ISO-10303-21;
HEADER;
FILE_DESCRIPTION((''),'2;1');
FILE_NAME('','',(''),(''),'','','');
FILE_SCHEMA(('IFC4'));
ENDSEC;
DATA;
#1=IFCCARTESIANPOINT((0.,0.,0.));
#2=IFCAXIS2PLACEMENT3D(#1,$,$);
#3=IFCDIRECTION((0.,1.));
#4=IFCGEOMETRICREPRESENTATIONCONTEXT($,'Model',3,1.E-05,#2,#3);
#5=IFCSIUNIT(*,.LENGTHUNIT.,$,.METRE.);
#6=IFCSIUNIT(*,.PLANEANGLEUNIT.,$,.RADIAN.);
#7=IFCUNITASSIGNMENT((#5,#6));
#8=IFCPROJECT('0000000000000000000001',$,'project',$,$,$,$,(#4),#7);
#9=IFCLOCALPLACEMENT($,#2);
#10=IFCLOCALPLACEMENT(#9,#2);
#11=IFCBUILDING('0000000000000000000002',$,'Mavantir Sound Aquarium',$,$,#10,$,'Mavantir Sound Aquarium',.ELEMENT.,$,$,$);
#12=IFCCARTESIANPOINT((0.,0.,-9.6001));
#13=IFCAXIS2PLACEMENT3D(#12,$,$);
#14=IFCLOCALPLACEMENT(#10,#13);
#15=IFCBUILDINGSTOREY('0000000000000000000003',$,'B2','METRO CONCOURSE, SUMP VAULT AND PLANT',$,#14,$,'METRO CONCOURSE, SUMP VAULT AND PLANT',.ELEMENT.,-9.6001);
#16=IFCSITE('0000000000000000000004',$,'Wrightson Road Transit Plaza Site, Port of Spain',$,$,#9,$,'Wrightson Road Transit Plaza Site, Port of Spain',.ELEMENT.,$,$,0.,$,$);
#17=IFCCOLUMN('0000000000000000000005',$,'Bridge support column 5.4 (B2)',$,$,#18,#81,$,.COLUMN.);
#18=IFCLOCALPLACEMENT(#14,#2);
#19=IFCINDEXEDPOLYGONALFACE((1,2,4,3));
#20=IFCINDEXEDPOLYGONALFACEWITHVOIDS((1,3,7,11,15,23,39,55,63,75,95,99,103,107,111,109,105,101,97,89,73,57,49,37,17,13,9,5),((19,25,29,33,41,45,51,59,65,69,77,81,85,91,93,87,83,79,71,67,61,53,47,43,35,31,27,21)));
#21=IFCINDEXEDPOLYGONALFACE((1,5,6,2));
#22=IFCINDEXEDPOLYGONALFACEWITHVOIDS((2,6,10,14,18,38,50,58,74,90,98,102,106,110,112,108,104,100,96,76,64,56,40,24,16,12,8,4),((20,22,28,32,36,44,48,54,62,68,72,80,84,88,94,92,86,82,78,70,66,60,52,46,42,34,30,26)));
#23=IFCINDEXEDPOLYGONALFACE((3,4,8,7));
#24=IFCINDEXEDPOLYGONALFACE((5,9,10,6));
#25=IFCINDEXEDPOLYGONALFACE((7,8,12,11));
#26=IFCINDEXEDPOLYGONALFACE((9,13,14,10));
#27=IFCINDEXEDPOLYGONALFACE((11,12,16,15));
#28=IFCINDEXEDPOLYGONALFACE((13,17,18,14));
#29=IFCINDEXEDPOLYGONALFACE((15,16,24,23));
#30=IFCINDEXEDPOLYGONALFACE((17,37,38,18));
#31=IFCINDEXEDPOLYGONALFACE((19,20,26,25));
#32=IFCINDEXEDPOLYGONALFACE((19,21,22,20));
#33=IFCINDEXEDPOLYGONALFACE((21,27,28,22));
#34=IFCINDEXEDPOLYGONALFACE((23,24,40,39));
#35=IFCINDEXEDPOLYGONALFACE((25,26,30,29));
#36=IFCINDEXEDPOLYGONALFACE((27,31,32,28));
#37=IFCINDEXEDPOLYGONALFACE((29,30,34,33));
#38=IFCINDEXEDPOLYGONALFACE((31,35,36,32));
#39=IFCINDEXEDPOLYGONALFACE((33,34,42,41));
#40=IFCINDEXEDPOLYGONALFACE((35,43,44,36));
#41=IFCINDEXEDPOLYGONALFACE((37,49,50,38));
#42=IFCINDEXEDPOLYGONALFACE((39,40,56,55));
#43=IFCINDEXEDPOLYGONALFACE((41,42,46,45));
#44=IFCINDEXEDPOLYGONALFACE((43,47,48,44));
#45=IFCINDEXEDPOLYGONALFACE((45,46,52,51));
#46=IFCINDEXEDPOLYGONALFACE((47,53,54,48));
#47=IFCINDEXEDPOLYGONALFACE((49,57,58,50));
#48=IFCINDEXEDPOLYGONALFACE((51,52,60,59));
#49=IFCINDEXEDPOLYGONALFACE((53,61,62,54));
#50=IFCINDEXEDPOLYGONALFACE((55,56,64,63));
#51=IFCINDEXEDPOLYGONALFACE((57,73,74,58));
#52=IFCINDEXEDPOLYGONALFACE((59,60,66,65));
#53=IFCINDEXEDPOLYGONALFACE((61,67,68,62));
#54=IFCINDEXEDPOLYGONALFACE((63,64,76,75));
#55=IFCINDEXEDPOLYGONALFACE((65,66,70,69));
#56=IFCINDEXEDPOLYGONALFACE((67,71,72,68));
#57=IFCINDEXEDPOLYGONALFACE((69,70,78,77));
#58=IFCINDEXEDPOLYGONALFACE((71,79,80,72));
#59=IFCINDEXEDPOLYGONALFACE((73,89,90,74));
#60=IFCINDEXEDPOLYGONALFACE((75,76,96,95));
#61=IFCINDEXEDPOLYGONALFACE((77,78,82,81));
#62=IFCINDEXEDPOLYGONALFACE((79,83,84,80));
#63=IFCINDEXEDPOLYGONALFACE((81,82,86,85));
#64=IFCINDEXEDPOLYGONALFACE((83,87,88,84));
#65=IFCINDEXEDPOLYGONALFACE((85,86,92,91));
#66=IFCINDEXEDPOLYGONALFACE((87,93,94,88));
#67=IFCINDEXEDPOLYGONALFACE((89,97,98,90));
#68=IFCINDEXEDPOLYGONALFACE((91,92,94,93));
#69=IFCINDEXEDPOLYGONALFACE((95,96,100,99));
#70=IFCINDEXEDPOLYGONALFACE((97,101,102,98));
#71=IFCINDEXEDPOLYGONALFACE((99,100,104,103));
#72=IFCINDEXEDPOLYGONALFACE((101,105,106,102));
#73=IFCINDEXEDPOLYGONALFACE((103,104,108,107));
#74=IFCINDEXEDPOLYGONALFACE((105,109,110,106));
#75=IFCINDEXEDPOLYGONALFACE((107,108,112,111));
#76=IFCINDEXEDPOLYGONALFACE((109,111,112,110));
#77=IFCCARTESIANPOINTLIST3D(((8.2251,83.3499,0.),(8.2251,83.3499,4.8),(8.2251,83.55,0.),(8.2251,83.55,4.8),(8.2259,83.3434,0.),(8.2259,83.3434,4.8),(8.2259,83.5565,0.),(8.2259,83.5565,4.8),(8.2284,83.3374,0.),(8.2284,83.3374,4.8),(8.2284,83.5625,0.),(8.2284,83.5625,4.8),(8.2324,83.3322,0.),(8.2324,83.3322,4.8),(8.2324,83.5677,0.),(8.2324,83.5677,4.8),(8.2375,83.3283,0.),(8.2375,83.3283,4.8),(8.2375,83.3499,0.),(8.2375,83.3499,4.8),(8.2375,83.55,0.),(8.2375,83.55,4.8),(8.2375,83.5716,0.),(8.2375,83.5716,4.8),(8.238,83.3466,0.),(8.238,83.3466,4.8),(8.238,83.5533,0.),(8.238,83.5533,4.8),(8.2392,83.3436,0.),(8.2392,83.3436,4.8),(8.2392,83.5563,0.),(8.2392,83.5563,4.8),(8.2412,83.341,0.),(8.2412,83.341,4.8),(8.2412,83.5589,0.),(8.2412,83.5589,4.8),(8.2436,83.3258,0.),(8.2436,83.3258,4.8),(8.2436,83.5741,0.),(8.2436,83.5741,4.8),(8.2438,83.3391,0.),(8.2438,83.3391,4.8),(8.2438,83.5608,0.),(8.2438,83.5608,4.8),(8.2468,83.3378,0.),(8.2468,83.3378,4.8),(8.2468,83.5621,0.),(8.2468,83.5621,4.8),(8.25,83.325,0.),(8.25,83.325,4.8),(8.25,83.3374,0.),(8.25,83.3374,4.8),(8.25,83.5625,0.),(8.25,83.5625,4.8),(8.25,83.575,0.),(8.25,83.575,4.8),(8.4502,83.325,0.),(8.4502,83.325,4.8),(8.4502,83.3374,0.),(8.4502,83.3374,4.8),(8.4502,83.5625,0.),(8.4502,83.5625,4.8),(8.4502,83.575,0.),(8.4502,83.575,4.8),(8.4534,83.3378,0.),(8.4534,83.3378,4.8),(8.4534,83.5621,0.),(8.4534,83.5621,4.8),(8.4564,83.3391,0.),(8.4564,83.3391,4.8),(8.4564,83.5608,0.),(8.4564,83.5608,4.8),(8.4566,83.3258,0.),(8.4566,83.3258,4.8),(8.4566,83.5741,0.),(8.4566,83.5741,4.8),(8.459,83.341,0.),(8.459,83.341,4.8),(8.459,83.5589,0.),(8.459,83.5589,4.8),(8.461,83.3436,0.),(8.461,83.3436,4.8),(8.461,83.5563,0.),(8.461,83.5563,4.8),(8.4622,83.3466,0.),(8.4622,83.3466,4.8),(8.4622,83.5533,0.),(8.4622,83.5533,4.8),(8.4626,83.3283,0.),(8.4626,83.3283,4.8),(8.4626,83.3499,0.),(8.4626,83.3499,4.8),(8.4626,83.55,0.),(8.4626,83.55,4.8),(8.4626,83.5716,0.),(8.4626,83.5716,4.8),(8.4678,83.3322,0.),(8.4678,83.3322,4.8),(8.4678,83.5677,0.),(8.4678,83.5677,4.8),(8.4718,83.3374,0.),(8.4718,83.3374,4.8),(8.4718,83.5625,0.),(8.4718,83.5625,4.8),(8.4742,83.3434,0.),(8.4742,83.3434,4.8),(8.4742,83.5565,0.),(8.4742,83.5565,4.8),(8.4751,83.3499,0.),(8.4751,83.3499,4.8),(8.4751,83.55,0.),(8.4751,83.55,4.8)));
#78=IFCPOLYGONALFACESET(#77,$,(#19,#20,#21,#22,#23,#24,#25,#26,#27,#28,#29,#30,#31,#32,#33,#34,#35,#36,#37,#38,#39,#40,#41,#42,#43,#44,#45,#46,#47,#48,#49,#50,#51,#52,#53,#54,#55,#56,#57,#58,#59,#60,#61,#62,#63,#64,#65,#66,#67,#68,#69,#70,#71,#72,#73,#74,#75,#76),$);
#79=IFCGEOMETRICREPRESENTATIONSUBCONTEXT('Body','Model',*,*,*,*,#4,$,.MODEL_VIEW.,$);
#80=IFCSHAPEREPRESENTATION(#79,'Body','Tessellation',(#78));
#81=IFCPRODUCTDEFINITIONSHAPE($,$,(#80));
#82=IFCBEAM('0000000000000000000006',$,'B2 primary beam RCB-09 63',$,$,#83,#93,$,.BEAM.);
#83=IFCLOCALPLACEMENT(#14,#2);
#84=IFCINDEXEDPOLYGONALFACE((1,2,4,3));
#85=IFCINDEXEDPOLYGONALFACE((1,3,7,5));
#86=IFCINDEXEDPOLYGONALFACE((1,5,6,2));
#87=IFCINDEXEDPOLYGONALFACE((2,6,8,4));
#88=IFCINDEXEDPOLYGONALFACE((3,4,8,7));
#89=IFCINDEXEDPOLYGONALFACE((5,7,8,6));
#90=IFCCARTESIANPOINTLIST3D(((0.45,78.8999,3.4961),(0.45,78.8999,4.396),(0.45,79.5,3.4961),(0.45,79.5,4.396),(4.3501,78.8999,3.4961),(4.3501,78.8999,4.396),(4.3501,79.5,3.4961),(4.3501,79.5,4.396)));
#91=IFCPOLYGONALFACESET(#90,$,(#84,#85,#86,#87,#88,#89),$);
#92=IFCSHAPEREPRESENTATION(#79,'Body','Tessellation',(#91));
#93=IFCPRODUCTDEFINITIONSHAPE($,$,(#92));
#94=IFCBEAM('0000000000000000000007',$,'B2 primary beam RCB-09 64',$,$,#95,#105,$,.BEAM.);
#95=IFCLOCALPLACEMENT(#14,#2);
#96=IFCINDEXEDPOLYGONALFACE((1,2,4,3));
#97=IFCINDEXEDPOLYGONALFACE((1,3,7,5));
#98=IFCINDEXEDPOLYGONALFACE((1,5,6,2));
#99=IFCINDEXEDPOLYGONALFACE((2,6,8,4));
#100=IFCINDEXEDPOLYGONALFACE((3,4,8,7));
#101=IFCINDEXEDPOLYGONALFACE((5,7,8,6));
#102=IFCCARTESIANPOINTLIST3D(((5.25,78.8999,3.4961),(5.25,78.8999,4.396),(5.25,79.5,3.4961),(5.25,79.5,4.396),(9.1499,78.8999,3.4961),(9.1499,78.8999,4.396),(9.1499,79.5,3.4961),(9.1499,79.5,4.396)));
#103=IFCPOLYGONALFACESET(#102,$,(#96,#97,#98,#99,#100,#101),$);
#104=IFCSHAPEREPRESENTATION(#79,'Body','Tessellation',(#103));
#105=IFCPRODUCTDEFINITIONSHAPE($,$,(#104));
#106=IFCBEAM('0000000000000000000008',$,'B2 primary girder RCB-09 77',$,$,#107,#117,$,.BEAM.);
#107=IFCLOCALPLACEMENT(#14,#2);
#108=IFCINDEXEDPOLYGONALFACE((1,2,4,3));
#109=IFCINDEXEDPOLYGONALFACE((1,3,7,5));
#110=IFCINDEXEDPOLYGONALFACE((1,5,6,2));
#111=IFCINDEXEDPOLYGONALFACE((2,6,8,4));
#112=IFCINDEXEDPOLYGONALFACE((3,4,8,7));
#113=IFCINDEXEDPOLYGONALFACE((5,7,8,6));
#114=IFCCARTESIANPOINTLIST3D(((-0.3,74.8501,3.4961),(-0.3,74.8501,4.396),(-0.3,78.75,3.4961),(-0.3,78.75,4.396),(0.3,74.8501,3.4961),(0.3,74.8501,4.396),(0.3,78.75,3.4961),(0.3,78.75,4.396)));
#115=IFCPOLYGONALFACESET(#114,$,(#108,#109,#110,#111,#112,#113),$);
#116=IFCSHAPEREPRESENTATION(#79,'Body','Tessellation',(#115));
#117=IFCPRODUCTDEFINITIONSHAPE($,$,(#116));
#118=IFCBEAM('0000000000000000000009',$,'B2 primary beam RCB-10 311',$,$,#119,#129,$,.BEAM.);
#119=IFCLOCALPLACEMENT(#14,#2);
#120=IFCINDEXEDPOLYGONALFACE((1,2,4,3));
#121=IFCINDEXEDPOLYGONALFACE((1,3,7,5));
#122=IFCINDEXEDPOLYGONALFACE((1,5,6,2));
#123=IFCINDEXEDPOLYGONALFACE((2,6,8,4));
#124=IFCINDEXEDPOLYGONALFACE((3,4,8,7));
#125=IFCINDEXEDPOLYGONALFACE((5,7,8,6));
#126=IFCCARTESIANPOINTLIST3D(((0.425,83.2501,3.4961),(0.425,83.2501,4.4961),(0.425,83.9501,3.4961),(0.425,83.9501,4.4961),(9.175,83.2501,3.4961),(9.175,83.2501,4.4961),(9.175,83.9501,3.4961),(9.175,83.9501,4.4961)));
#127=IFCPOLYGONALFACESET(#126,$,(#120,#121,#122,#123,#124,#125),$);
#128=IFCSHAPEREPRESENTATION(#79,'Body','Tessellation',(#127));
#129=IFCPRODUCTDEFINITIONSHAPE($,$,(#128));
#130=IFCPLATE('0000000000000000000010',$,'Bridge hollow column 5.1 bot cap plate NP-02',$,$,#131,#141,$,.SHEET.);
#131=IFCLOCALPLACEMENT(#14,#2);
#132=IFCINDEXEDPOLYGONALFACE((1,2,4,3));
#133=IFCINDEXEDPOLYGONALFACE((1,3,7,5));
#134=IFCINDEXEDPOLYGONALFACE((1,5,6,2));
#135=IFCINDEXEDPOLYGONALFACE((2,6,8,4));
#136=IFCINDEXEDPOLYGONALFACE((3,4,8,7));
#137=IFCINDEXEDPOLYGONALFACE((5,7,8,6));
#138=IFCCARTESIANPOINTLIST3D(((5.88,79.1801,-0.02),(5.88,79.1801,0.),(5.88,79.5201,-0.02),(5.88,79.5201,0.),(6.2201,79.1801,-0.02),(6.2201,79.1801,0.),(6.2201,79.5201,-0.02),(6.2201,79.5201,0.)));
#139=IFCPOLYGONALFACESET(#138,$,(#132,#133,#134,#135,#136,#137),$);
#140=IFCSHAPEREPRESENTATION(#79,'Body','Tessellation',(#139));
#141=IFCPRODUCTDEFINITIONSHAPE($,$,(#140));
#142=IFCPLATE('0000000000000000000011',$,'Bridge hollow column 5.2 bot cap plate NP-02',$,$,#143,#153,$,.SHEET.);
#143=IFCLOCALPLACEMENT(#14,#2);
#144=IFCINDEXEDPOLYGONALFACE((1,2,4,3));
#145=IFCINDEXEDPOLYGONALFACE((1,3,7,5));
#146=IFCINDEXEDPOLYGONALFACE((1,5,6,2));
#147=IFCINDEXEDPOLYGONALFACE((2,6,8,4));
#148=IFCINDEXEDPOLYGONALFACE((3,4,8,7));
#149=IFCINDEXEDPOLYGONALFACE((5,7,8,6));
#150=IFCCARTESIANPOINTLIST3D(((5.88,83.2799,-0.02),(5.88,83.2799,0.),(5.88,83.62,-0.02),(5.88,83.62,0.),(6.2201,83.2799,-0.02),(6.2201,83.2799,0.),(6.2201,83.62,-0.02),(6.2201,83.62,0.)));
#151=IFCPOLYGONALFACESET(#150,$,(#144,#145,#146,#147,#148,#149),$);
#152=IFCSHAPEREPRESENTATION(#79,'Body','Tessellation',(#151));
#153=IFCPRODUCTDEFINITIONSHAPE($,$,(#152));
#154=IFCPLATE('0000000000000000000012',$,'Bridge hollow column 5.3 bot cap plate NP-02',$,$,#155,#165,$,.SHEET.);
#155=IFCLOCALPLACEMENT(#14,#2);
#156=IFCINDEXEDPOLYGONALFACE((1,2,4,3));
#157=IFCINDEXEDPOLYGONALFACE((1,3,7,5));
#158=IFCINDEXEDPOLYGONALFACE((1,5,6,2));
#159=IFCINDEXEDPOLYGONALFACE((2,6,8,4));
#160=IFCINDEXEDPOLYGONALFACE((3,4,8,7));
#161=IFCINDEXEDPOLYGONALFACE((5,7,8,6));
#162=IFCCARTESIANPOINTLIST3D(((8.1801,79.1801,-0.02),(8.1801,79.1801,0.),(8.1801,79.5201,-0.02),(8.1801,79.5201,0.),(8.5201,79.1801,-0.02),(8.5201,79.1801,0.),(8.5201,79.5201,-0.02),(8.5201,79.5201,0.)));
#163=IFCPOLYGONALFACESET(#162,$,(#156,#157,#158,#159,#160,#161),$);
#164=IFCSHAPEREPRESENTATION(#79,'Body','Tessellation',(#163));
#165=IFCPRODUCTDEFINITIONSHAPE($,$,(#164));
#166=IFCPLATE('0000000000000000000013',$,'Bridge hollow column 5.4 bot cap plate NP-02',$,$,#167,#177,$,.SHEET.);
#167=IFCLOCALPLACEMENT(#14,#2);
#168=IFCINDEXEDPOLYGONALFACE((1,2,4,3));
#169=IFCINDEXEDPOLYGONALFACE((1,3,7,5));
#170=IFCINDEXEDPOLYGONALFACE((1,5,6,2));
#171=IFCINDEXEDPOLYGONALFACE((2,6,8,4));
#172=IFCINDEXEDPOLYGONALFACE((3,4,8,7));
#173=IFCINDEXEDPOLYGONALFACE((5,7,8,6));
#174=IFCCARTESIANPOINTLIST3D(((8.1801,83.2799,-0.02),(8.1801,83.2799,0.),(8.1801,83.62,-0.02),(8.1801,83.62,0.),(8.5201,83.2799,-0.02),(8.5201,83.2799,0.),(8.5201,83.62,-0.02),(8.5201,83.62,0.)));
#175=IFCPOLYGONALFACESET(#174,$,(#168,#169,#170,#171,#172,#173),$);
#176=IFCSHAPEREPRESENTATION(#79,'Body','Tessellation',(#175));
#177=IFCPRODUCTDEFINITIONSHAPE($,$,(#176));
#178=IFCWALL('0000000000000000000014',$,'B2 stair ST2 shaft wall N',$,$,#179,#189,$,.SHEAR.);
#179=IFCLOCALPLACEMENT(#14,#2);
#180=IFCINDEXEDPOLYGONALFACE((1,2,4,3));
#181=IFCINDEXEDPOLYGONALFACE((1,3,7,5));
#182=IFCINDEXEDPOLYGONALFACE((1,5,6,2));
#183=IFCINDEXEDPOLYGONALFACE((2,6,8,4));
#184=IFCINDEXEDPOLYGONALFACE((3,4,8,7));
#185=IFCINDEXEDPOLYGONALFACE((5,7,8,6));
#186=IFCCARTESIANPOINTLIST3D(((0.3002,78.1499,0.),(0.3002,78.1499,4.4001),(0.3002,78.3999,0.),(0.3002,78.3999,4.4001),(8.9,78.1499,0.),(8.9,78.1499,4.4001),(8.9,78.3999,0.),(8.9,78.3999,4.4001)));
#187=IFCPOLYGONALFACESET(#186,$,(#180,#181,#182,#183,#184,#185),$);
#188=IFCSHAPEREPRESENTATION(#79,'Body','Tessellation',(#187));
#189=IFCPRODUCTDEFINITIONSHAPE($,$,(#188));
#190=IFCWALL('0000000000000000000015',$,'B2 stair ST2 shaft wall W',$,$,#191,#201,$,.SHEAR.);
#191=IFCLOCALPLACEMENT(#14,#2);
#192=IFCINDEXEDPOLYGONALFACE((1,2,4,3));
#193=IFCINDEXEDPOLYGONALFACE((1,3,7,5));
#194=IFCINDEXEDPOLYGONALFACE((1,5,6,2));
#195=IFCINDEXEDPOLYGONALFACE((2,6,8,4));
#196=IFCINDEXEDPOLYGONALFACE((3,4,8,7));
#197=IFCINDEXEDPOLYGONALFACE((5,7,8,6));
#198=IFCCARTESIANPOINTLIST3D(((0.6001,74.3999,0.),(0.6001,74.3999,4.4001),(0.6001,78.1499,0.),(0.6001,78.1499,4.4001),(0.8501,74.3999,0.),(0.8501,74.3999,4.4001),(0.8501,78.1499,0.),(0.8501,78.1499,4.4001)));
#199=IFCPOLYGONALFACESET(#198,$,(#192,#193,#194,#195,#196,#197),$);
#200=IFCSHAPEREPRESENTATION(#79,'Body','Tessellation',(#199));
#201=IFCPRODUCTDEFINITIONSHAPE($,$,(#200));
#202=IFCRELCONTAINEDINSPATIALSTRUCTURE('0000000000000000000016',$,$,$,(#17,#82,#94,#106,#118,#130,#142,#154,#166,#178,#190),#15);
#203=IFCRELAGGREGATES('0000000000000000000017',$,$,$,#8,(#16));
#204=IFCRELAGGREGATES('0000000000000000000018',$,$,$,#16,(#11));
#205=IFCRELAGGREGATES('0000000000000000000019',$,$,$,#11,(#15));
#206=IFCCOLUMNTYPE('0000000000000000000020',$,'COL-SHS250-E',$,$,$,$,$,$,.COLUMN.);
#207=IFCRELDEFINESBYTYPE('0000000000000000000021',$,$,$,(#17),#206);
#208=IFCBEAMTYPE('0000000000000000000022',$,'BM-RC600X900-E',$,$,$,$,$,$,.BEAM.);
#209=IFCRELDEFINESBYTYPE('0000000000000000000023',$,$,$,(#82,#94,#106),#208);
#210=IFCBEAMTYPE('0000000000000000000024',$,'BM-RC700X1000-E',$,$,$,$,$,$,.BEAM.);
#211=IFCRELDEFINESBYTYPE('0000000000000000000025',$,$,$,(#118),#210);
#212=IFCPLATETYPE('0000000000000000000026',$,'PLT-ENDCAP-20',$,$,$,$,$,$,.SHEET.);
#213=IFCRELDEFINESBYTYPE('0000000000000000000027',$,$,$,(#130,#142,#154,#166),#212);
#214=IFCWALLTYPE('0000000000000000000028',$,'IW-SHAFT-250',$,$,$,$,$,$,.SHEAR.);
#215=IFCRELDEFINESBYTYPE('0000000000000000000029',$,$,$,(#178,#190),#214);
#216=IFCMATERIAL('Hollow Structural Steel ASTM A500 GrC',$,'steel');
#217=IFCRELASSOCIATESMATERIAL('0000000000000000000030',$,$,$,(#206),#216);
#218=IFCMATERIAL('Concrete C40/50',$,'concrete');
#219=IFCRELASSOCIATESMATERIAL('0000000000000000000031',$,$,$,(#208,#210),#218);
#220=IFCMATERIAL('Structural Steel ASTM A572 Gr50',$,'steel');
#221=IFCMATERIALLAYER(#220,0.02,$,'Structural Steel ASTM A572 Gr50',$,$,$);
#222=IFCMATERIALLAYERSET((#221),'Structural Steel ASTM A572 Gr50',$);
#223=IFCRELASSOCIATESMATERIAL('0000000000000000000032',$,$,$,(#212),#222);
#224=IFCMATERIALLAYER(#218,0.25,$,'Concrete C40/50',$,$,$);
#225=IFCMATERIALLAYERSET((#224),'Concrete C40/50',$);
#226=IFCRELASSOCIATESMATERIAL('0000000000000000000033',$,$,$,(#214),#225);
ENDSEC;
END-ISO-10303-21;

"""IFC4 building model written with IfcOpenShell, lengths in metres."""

from ifc_helpers import new_model, si_unit, direction, frame, frame_2d, origin, origin_2d, place, context, subcontext, project, spatial, rectangle, hollow_rectangle, extrude, material, layer, layer_set, material_profile, profile_set, type_object, element, save


model = new_model("IFC4")

# Units and contexts
model_context = context("Model", 3, precision=1e-05, world=origin(), true_north=direction((0.0, 1.0)))
body_context = subcontext(model_context, "Body", "Model", "MODEL_VIEW")
ifc_project = project(units=[si_unit("LENGTHUNIT", "METRE"), si_unit("PLANEANGLEUNIT", "RADIAN")], contexts=[model_context])

# Site, building, storey
site_placement = place(None, origin())
site = spatial("IfcSite", under=ifc_project, at=site_placement, Name="Wrightson Road Transit Plaza Site, Port of Spain", LongName="Wrightson Road Transit Plaza Site, Port of Spain", CompositionType="ELEMENT", RefElevation=0.0)
building_placement = place(site_placement, origin())
building = spatial("IfcBuilding", under=site, at=building_placement, Name="Mavantir Sound Aquarium", LongName="Mavantir Sound Aquarium", CompositionType="ELEMENT")
storey_placement = place(building_placement, frame((0.0, 0.0, -9.6001)))
storey = spatial("IfcBuildingStorey", under=building, at=storey_placement, Name="B2", Description="METRO CONCOURSE, SUMP VAULT AND PLANT", LongName="METRO CONCOURSE, SUMP VAULT AND PLANT", CompositionType="ELEMENT", Elevation=-9.6001)

# Shared definitions
ifc_material_1 = material(Name="Concrete C40/50", Category="concrete")

# Column
ifc_material_2 = material(Name="Hollow Structural Steel ASTM A500 GrC", Category="steel")
ifc_material_profile_1 = material_profile(ifc_material_2, hollow_rectangle(XDim=0.25, YDim=0.25, WallThickness=0.0125, InnerFilletRadius=0.0125, OuterFilletRadius=0.0249, at=origin_2d()), Name="SHS 250X250X12.5")
ifc_profile_set_1 = profile_set([ifc_material_profile_1], Name="Hollow Structural Steel ASTM A500 GrC")
column_type_1 = type_object("IfcColumnType", Name="COL-SHS250-E", PredefinedType="COLUMN", material=ifc_profile_set_1)
for number, where, z_axis, x_axis, name in (
    (1, (8.3501, 83.45, 0.0), (0.0, 0.0, 1.0), (1.0, 0.0, 0.0), "Bridge support column 5.4 (B2)"),
):
    element("IfcColumn", number, at=place(storey_placement, frame(where, z_axis=z_axis, x_axis=x_axis)), inside=storey, type_object=column_type_1, Name=name, PredefinedType="COLUMN", context=body_context, shape_type="SweptSolid", body=[
        extrude(hollow_rectangle(XDim=0.25, YDim=0.25, WallThickness=0.0125, InnerFilletRadius=0.0125, OuterFilletRadius=0.0249, at=origin_2d()), origin(), (0.0, 0.0, 1.0), 4.8),
    ])

# Beams
ifc_material_profile_2 = material_profile(ifc_material_1, rectangle(XDim=0.6001, YDim=0.8999, at=origin_2d()), Name="RC 600X900")
ifc_profile_set_2 = profile_set([ifc_material_profile_2], Name="Concrete C40/50")
beam_type_1 = type_object("IfcBeamType", Name="BM-RC600X900-E", PredefinedType="BEAM", material=ifc_profile_set_2)
beam_1_placement = place(storey_placement, frame((0.45, 79.2, 3.946), z_axis=(1.0, 0.0, 0.0), x_axis=(0.0, 1.0, 0.0)))
element("IfcBeam", 2, at=beam_1_placement, inside=storey, type_object=beam_type_1, Name="B2 primary beam RCB-09 63", PredefinedType="BEAM", context=body_context, shape_type="SweptSolid", body=[
    extrude(rectangle(XDim=0.6001, YDim=0.8999, at=origin_2d()), origin(), (0.0, 0.0, 1.0), 3.9001),
])
for number, where, z_axis, x_axis, name in (
    (3, (5.25, 79.2, 3.946), (1.0, 0.0, 0.0), (0.0, 1.0, 0.0), "B2 primary beam RCB-09 64"),
    (4, (0.0, 74.8501, 3.946), (0.0, 1.0, 0.0), (-1.0, 0.0, 0.0), "B2 primary girder RCB-09 77"),
):
    element("IfcBeam", number, at=place(storey_placement, frame(where, z_axis=z_axis, x_axis=x_axis)), inside=storey, type_object=beam_type_1, Name=name, PredefinedType="BEAM", context=body_context, shape_type="SweptSolid", body=[
        extrude(rectangle(XDim=0.6001, YDim=0.8999, at=origin_2d()), origin(), (0.0, 0.0, 1.0), 3.8999),
    ])
ifc_material_profile_3 = material_profile(ifc_material_1, rectangle(XDim=0.7, YDim=1.0, at=origin_2d()), Name="RC 700X1000")
ifc_profile_set_3 = profile_set([ifc_material_profile_3], Name="Concrete C40/50")
beam_type_2 = type_object("IfcBeamType", Name="BM-RC700X1000-E", PredefinedType="BEAM", material=ifc_profile_set_3)
beam_2_placement = place(storey_placement, frame((0.425, 83.6001, 3.9961), z_axis=(1.0, 0.0, 0.0), x_axis=(0.0, 1.0, 0.0)))
element("IfcBeam", 5, at=beam_2_placement, inside=storey, type_object=beam_type_2, Name="B2 primary beam RCB-10 311", PredefinedType="BEAM", context=body_context, shape_type="SweptSolid", body=[
    extrude(rectangle(XDim=0.7, YDim=1.0, at=origin_2d()), origin(), (0.0, 0.0, 1.0), 8.75),
])

# Plates
ifc_material_3 = material(Name="Structural Steel ASTM A572 Gr50", Category="steel")
ifc_layer_1 = layer(ifc_material_3, 0.02, Name="Structural Steel ASTM A572 Gr50")
ifc_layer_set_1 = layer_set([ifc_layer_1], Name="Structural Steel ASTM A572 Gr50")
plate_type = type_object("IfcPlateType", Name="PLT-ENDCAP-20", PredefinedType="SHEET", material=ifc_layer_set_1)
for number, where, z_axis, x_axis, name in (
    (6, (6.05, 79.3501, -0.02), (0.0, 0.0, 1.0), (1.0, 0.0, 0.0), "Bridge hollow column 5.1 bot cap plate NP-02"),
    (7, (6.05, 83.45, -0.02), (0.0, 0.0, 1.0), (1.0, 0.0, 0.0), "Bridge hollow column 5.2 bot cap plate NP-02"),
    (8, (8.3501, 79.3501, -0.02), (0.0, 0.0, 1.0), (1.0, 0.0, 0.0), "Bridge hollow column 5.3 bot cap plate NP-02"),
    (9, (8.3501, 83.45, -0.02), (0.0, 0.0, 1.0), (1.0, 0.0, 0.0), "Bridge hollow column 5.4 bot cap plate NP-02"),
):
    element("IfcPlate", number, at=place(storey_placement, frame(where, z_axis=z_axis, x_axis=x_axis)), inside=storey, type_object=plate_type, Name=name, PredefinedType="SHEET", context=body_context, shape_type="SweptSolid", body=[
        extrude(rectangle(XDim=0.3401, YDim=0.3401, at=origin_2d()), origin(), (0.0, 0.0, 1.0), 0.02),
    ])

# Walls
ifc_layer_2 = layer(ifc_material_1, 0.25, Name="Concrete C40/50")
ifc_layer_set_2 = layer_set([ifc_layer_2], Name="Concrete C40/50")
wall_type_1 = type_object("IfcWallType", Name="IW-SHAFT-250", PredefinedType="SHEAR", material=ifc_layer_set_2)
wall_1_placement = place(storey_placement, frame((8.8999, 78.2749, 0.0), z_axis=(0.0, 0.0, 1.0), x_axis=(-1.0, 0.0, 0.0)))
element("IfcWall", 10, at=wall_1_placement, inside=storey, type_object=wall_type_1, Name="B2 stair ST2 shaft wall N", PredefinedType="SHEAR", context=body_context, shape_type="SweptSolid", body=[
    extrude(rectangle(XDim=8.5999, YDim=0.25, at=frame_2d((4.2998, 0.0))), origin(), (0.0, 0.0, 1.0), 4.4001),
])
wall_2_placement = place(storey_placement, frame((0.7251, 78.1499, 0.0), z_axis=(0.0, 0.0, 1.0), x_axis=(0.0, -1.0, 0.0)))
element("IfcWall", 11, at=wall_2_placement, inside=storey, type_object=wall_type_1, Name="B2 stair ST2 shaft wall W", PredefinedType="SHEAR", context=body_context, shape_type="SweptSolid", body=[
    extrude(rectangle(XDim=3.75, YDim=0.25, at=frame_2d((1.875, 0.0))), origin(), (0.0, 0.0, 1.0), 4.4001),
])

save(model, "model.ifc")
